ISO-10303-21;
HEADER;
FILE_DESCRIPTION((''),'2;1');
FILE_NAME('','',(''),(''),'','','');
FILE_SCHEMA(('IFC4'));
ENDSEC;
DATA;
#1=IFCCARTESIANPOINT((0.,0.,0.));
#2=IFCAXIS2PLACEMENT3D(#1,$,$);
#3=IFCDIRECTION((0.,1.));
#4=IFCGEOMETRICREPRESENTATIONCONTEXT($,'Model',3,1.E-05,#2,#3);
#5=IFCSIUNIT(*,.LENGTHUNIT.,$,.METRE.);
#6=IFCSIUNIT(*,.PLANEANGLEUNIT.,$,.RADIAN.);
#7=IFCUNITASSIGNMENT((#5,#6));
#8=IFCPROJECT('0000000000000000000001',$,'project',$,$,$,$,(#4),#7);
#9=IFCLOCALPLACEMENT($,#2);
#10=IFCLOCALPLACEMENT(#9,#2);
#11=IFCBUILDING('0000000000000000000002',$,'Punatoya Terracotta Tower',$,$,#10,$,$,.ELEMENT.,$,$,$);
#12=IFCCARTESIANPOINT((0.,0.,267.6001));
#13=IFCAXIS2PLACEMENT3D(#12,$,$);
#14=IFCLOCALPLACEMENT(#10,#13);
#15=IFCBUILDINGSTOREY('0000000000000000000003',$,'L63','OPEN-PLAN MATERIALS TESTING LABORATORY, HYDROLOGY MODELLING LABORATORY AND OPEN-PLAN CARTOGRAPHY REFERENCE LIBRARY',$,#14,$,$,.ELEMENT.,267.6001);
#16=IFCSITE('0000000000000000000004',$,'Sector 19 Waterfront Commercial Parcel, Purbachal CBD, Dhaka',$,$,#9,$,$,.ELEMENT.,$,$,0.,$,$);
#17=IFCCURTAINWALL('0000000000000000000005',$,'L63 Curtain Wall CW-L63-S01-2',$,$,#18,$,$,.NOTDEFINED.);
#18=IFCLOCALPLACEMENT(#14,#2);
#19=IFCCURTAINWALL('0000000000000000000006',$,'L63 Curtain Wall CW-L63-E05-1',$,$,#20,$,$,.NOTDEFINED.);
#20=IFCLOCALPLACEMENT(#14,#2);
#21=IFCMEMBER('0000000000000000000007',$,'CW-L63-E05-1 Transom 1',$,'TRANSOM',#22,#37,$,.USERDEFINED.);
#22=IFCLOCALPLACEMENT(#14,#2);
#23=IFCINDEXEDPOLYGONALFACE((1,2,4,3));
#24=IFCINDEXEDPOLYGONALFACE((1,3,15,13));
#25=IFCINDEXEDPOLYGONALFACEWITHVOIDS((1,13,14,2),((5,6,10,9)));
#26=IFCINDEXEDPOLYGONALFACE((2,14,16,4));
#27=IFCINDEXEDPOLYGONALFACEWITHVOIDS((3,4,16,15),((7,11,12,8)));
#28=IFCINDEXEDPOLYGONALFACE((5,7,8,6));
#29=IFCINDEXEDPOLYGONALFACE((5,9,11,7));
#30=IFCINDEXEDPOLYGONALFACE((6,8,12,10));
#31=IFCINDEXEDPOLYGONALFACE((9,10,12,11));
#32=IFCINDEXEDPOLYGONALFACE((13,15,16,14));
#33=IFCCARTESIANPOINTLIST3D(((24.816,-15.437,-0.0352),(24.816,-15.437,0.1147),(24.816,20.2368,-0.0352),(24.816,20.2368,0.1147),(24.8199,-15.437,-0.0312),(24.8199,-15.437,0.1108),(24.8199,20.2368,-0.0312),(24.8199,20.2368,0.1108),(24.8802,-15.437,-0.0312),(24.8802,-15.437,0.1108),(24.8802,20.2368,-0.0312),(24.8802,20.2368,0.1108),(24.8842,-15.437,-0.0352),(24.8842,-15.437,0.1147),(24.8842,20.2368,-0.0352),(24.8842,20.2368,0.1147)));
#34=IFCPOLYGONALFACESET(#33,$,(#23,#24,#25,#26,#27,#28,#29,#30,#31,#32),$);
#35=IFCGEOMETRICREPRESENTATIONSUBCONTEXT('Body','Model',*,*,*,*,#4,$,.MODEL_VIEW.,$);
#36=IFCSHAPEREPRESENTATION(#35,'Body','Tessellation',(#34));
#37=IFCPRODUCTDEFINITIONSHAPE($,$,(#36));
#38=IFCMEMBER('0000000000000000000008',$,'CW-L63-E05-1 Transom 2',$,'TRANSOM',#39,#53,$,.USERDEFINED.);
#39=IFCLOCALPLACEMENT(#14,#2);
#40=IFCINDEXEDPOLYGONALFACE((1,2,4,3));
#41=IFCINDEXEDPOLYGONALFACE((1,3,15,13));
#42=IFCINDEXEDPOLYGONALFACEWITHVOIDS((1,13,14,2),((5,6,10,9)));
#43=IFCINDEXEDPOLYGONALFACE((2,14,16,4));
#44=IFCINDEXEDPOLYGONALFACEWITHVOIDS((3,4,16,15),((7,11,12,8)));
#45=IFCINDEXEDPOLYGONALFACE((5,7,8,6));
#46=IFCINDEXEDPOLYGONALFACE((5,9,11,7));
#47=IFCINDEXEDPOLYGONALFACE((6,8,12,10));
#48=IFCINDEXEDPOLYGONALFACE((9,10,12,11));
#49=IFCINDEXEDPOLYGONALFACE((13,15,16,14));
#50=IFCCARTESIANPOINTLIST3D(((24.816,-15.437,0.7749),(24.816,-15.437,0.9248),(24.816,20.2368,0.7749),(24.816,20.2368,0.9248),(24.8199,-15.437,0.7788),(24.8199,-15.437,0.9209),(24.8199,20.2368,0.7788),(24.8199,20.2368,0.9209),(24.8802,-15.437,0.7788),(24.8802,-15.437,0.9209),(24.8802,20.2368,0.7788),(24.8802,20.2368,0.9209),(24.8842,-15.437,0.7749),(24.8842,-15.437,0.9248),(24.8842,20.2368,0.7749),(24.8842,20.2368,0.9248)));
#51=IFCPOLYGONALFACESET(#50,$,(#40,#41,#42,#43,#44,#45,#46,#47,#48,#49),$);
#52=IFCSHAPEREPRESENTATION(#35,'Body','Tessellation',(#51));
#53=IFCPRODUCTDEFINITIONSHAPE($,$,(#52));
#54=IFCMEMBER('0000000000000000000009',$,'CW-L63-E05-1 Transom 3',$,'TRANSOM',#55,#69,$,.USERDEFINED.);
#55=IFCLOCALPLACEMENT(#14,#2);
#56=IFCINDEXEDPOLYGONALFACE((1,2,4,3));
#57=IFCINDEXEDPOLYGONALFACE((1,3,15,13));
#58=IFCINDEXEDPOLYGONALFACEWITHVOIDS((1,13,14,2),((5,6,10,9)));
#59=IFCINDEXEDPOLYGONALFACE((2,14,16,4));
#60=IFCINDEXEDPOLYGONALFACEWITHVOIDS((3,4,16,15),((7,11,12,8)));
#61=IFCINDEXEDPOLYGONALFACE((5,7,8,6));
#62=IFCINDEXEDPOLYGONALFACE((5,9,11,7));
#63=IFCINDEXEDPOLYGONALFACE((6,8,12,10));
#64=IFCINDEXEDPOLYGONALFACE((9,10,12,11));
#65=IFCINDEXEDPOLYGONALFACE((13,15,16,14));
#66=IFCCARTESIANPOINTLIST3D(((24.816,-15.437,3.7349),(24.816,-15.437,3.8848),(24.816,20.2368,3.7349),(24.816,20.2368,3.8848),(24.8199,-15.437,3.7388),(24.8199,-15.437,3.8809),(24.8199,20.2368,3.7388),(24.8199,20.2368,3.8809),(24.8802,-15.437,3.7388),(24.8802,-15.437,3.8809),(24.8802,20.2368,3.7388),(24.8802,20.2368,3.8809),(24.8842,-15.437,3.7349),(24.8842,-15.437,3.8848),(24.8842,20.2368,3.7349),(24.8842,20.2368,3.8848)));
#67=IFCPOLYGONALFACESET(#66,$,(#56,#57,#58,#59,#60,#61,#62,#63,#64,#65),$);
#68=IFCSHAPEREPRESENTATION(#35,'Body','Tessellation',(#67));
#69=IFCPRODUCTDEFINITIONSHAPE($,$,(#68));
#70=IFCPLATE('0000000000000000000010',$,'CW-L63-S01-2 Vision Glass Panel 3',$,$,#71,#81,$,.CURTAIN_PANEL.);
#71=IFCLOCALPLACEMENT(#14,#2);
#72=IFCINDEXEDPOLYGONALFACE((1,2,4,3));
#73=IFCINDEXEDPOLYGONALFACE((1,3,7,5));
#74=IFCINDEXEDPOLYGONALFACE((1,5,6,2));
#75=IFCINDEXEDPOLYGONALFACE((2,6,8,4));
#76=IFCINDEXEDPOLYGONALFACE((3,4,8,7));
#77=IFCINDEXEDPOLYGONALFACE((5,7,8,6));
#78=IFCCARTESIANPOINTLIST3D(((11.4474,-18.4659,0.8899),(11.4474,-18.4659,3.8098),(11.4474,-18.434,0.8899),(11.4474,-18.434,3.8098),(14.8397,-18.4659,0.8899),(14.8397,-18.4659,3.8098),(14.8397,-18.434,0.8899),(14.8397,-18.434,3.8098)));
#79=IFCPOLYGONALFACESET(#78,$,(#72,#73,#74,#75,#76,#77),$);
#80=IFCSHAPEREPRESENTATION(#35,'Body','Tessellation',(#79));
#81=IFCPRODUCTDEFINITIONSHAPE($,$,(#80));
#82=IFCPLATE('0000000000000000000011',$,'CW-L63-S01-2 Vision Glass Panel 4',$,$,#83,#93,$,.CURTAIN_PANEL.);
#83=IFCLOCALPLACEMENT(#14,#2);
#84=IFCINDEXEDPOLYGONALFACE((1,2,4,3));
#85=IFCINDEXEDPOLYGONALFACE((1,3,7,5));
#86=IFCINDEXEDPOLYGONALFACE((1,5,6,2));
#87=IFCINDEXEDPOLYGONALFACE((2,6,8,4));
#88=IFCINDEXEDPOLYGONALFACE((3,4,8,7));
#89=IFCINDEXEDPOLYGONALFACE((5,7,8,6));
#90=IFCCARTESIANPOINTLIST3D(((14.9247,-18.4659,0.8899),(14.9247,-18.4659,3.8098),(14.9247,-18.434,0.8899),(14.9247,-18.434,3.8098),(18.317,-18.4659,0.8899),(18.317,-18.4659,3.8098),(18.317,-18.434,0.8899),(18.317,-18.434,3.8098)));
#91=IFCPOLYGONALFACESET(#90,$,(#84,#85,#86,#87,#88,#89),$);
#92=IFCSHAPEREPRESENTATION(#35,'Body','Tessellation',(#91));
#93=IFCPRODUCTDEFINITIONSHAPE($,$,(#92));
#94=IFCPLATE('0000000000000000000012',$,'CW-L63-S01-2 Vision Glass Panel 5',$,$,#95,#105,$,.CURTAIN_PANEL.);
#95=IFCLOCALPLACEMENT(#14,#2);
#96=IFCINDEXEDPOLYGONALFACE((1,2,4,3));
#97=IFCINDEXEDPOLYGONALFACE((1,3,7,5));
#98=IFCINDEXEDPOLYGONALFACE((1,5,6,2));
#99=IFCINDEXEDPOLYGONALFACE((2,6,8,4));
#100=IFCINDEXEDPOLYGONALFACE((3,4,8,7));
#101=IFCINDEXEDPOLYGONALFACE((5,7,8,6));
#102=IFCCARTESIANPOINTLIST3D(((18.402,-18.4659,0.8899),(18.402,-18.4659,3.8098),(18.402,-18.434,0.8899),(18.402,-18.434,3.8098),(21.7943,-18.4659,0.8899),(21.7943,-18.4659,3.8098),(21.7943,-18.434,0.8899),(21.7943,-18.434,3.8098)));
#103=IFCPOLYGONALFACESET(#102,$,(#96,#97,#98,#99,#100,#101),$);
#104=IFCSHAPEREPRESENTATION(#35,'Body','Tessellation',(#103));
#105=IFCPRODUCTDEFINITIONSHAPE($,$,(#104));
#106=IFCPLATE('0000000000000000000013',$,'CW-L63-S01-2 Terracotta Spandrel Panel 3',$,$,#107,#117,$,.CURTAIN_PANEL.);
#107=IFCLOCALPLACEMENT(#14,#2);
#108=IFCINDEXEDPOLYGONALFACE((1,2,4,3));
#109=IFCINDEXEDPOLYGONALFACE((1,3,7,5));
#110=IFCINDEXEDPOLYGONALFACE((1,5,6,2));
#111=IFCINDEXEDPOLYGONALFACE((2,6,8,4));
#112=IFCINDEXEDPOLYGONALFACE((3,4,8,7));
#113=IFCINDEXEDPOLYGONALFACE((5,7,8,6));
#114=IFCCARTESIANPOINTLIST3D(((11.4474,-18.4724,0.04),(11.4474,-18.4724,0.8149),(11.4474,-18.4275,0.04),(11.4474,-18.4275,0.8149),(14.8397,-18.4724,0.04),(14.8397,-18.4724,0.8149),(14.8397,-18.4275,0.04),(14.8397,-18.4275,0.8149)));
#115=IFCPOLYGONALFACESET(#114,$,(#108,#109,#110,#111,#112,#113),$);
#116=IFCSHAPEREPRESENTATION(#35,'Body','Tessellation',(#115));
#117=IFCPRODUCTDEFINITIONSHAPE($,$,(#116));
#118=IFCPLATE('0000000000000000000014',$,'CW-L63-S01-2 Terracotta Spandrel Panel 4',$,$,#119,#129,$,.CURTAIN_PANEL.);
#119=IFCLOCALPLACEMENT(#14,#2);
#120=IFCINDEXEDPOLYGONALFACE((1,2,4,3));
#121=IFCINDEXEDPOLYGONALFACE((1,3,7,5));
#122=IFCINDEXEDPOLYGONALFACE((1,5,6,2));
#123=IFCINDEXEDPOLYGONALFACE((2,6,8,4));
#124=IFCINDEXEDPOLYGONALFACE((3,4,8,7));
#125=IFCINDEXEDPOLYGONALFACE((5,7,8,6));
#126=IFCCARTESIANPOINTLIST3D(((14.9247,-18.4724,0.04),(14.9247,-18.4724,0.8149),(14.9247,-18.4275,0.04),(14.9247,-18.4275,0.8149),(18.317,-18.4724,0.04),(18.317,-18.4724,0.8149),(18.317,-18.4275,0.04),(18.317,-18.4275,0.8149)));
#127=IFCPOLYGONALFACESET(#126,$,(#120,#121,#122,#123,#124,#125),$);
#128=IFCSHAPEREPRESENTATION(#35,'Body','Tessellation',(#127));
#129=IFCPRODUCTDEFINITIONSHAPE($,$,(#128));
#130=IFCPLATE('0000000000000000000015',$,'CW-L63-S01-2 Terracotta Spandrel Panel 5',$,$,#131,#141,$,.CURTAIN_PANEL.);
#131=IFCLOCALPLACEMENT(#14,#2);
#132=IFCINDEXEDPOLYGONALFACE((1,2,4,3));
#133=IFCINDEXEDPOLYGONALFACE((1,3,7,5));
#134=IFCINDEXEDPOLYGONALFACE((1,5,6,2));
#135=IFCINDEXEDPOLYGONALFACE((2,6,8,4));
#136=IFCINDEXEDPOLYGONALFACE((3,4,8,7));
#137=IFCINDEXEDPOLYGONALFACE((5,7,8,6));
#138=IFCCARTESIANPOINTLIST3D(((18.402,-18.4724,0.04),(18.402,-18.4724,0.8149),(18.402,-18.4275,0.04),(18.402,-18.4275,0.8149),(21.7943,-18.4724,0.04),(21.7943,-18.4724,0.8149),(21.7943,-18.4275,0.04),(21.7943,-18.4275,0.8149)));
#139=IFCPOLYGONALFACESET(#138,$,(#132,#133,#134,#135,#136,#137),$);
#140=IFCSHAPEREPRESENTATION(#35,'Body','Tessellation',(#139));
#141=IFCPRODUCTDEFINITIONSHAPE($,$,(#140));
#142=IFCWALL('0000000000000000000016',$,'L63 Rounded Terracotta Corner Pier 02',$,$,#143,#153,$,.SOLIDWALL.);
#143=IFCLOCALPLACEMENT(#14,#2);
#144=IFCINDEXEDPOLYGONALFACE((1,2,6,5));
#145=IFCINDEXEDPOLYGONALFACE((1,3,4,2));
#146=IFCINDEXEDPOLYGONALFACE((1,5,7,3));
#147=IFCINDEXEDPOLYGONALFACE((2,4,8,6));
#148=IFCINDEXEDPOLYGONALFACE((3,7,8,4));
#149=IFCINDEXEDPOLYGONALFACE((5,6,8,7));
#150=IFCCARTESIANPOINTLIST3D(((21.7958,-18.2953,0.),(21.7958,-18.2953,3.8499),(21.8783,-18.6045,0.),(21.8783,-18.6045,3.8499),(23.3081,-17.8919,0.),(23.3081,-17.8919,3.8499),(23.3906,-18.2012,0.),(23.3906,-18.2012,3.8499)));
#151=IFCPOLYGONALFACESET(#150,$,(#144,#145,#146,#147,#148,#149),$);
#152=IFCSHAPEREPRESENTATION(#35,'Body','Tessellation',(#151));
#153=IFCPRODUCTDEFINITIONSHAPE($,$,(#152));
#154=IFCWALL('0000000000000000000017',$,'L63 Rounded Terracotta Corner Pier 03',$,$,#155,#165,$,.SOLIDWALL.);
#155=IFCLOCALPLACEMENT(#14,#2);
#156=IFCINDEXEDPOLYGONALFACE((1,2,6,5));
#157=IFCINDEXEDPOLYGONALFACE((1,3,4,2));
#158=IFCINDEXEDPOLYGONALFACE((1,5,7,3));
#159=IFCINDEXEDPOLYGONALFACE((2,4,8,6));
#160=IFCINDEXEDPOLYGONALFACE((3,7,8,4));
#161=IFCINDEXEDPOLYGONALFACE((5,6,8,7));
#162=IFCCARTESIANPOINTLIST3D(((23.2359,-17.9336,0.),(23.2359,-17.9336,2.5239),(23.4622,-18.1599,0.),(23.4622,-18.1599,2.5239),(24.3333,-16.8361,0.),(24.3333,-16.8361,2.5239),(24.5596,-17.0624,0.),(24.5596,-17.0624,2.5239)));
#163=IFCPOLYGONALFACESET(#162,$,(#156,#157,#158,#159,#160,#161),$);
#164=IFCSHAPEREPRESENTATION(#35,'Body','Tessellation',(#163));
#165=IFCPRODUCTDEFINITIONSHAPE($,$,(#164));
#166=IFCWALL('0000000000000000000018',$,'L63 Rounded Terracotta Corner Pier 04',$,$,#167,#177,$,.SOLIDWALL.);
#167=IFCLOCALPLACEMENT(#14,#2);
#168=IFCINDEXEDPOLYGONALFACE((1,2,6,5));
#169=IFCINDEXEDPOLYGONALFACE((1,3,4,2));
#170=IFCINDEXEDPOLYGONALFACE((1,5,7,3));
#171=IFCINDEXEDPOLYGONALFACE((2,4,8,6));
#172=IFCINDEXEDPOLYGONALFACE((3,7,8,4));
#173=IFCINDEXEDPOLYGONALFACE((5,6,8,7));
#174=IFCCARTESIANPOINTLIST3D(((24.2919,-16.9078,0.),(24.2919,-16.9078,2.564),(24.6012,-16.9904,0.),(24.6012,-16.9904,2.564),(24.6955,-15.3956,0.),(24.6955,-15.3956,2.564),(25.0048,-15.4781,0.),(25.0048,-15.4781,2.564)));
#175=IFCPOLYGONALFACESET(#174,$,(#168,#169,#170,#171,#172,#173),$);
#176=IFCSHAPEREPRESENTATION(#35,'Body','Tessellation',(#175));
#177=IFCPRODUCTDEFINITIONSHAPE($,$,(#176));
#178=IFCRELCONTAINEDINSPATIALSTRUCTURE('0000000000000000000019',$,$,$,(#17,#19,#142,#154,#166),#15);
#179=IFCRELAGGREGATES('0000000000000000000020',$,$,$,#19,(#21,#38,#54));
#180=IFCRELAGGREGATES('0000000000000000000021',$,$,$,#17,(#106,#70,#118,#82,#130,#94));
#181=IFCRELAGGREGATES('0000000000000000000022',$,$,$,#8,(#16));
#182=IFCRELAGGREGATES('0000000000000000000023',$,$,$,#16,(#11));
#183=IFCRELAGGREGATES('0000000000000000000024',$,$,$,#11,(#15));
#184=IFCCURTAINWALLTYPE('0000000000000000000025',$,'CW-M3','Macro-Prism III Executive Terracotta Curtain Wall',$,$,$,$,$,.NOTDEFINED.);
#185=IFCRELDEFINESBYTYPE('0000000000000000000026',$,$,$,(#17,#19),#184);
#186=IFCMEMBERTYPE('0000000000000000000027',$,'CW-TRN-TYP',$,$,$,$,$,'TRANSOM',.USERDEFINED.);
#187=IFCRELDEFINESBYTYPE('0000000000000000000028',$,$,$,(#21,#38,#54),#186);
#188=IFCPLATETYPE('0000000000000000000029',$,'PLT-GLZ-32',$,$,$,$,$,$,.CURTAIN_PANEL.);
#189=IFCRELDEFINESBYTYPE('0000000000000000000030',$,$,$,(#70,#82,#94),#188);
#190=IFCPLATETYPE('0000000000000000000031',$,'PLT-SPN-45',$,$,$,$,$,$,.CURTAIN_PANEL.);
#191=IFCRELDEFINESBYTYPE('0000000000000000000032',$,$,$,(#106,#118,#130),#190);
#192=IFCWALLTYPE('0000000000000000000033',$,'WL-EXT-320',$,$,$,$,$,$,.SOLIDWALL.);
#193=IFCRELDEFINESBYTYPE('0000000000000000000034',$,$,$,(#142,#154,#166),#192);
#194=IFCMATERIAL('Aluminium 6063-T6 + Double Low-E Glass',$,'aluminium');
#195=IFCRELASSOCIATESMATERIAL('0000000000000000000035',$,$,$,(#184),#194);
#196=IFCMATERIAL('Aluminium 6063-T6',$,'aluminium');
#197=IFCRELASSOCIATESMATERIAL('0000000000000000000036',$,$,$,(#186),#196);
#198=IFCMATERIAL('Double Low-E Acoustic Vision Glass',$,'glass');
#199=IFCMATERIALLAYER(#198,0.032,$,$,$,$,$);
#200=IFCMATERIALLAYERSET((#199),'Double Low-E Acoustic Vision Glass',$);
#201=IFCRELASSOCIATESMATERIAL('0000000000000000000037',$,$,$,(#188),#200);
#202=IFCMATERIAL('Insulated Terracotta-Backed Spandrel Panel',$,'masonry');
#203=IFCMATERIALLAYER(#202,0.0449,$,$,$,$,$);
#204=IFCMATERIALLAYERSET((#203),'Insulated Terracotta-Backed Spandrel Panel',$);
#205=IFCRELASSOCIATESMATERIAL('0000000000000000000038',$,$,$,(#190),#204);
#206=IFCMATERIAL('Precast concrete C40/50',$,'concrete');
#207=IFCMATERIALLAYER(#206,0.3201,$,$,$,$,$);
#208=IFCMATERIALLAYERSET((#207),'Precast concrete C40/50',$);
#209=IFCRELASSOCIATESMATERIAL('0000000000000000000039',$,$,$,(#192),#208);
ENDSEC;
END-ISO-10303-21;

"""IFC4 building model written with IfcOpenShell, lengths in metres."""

from ifc_helpers import new_model, si_unit, direction, frame, frame_2d, origin, origin_2d, place, context, subcontext, project, spatial, rectangle, hollow_rectangle, extrude, material, layer, layer_set, material_profile, profile_set, type_object, element, aggregate, save


model = new_model("IFC4")

# Units and contexts
model_context = context("Model", 3, precision=1e-05, world=origin(), true_north=direction((0.0, 1.0)))
body_context = subcontext(model_context, "Body", "Model", "MODEL_VIEW")
ifc_project = project(units=[si_unit("LENGTHUNIT", "METRE"), si_unit("PLANEANGLEUNIT", "RADIAN")], contexts=[model_context])

# Site, building, storey
site_placement = place(None, origin())
site = spatial("IfcSite", under=ifc_project, at=site_placement, Name="Sector 19 Waterfront Commercial Parcel, Purbachal CBD, Dhaka", CompositionType="ELEMENT", RefElevation=0.0)
building_placement = place(site_placement, origin())
building = spatial("IfcBuilding", under=site, at=building_placement, Name="Punatoya Terracotta Tower", CompositionType="ELEMENT")
storey_placement = place(building_placement, frame((0.0, 0.0, 267.6001)))
storey = spatial("IfcBuildingStorey", under=building, at=storey_placement, Name="L63", Description="OPEN-PLAN MATERIALS TESTING LABORATORY, HYDROLOGY MODELLING LABORATORY AND OPEN-PLAN CARTOGRAPHY REFERENCE LIBRARY", CompositionType="ELEMENT", Elevation=267.6001)

# Curtain walls, members
ifc_material_1 = material(Name="Aluminium 6063-T6 + Double Low-E Glass", Category="aluminium")
curtain_wall_type = type_object("IfcCurtainWallType", Name="CW-M3", Description="Macro-Prism III Executive Terracotta Curtain Wall", PredefinedType="NOTDEFINED", material=ifc_material_1)
curtain_wall_1_placement = place(storey_placement, origin())
curtain_wall_1 = element("IfcCurtainWall", 1, at=curtain_wall_1_placement, inside=storey, type_object=curtain_wall_type, Name="L63 Curtain Wall CW-L63-S01-2", PredefinedType="NOTDEFINED")
ifc_material_2 = material(Name="Aluminium 6063-T6", Category="aluminium")
curtain_wall_2_placement = place(storey_placement, origin())
curtain_wall_2 = element("IfcCurtainWall", 2, at=curtain_wall_2_placement, inside=storey, type_object=curtain_wall_type, Name="L63 Curtain Wall CW-L63-E05-1", PredefinedType="NOTDEFINED")
ifc_material_profile_1 = material_profile(ifc_material_2, hollow_rectangle(XDim=0.0681, YDim=0.1499, WallThickness=0.0039, at=origin_2d()))
ifc_profile_set_1 = profile_set([ifc_material_profile_1], Name="Aluminium 6063-T6")
member_type_1 = type_object("IfcMemberType", Name="CW-TRN-TYP", ElementType="TRANSOM", PredefinedType="USERDEFINED", material=ifc_profile_set_1)
member_1_placement = place(storey_placement, frame((24.8501, -15.437, 0.0398), z_axis=(0.0, 1.0, 0.0), x_axis=(-1.0, 0.0, 0.0)))
member_1 = element("IfcMember", 3, at=member_1_placement, type_object=member_type_1, Name="CW-L63-E05-1 Transom 1", ObjectType="TRANSOM", PredefinedType="USERDEFINED", context=body_context, shape_type="SweptSolid", body=[
    extrude(hollow_rectangle(XDim=0.0681, YDim=0.1499, WallThickness=0.0039, at=origin_2d()), origin(), (0.0, 0.0, 1.0), 35.6738),
])
member_2_placement = place(storey_placement, frame((24.8501, -15.437, 0.8499), z_axis=(0.0, 1.0, 0.0), x_axis=(-1.0, 0.0, 0.0)))
member_2 = element("IfcMember", 4, at=member_2_placement, type_object=member_type_1, Name="CW-L63-E05-1 Transom 2", ObjectType="TRANSOM", PredefinedType="USERDEFINED", context=body_context, shape_type="SweptSolid", body=[
    extrude(hollow_rectangle(XDim=0.0681, YDim=0.1499, WallThickness=0.0039, at=origin_2d()), origin(), (0.0, 0.0, 1.0), 35.6738),
])
member_3_placement = place(storey_placement, frame((24.8501, -15.437, 3.8098), z_axis=(0.0, 1.0, 0.0), x_axis=(-1.0, 0.0, 0.0)))
member_3 = element("IfcMember", 5, at=member_3_placement, type_object=member_type_1, Name="CW-L63-E05-1 Transom 3", ObjectType="TRANSOM", PredefinedType="USERDEFINED", context=body_context, shape_type="SweptSolid", body=[
    extrude(hollow_rectangle(XDim=0.0681, YDim=0.1499, WallThickness=0.0039, at=origin_2d()), origin(), (0.0, 0.0, 1.0), 35.6738),
])
aggregate(curtain_wall_2, [member_1, member_2, member_3])

# Plates
ifc_material_3 = material(Name="Double Low-E Acoustic Vision Glass", Category="glass")
ifc_layer_1 = layer(ifc_material_3, 0.032)
ifc_layer_set_1 = layer_set([ifc_layer_1], Name="Double Low-E Acoustic Vision Glass")
plate_type_1 = type_object("IfcPlateType", Name="PLT-GLZ-32", PredefinedType="CURTAIN_PANEL", material=ifc_layer_set_1)
plate_1_placement = place(storey_placement, frame((13.1436, -18.45, 0.8899), z_axis=(0.0, 0.0, 1.0), x_axis=(1.0, 0.0, 0.0)))
plate_1 = element("IfcPlate", 6, at=plate_1_placement, type_object=plate_type_1, Name="CW-L63-S01-2 Vision Glass Panel 3", PredefinedType="CURTAIN_PANEL", context=body_context, shape_type="SweptSolid", body=[
    extrude(rectangle(XDim=3.3923, YDim=0.032, at=origin_2d()), origin(), (0.0, 0.0, 1.0), 2.9199),
])
plate_2_placement = place(storey_placement, frame((16.6208, -18.45, 0.8899), z_axis=(0.0, 0.0, 1.0), x_axis=(1.0, 0.0, 0.0)))
plate_2 = element("IfcPlate", 7, at=plate_2_placement, type_object=plate_type_1, Name="CW-L63-S01-2 Vision Glass Panel 4", PredefinedType="CURTAIN_PANEL", context=body_context, shape_type="SweptSolid", body=[
    extrude(rectangle(XDim=3.3923, YDim=0.032, at=origin_2d()), origin(), (0.0, 0.0, 1.0), 2.9199),
])
plate_3_placement = place(storey_placement, frame((20.0981, -18.45, 0.8899), z_axis=(0.0, 0.0, 1.0), x_axis=(1.0, 0.0, 0.0)))
plate_3 = element("IfcPlate", 8, at=plate_3_placement, type_object=plate_type_1, Name="CW-L63-S01-2 Vision Glass Panel 5", PredefinedType="CURTAIN_PANEL", context=body_context, shape_type="SweptSolid", body=[
    extrude(rectangle(XDim=3.3923, YDim=0.032, at=origin_2d()), origin(), (0.0, 0.0, 1.0), 2.9199),
])
ifc_material_4 = material(Name="Insulated Terracotta-Backed Spandrel Panel", Category="masonry")
ifc_layer_2 = layer(ifc_material_4, 0.0449)
ifc_layer_set_2 = layer_set([ifc_layer_2], Name="Insulated Terracotta-Backed Spandrel Panel")
plate_type_2 = type_object("IfcPlateType", Name="PLT-SPN-45", PredefinedType="CURTAIN_PANEL", material=ifc_layer_set_2)
plate_4_placement = place(storey_placement, frame((13.1436, -18.45, 0.04), z_axis=(0.0, 0.0, 1.0), x_axis=(1.0, 0.0, 0.0)))
plate_4 = element("IfcPlate", 9, at=plate_4_placement, type_object=plate_type_2, Name="CW-L63-S01-2 Terracotta Spandrel Panel 3", PredefinedType="CURTAIN_PANEL", context=body_context, shape_type="SweptSolid", body=[
    extrude(rectangle(XDim=3.3923, YDim=0.0449, at=origin_2d()), origin(), (0.0, 0.0, 1.0), 0.7749),
])
plate_5_placement = place(storey_placement, frame((16.6208, -18.45, 0.04), z_axis=(0.0, 0.0, 1.0), x_axis=(1.0, 0.0, 0.0)))
plate_5 = element("IfcPlate", 10, at=plate_5_placement, type_object=plate_type_2, Name="CW-L63-S01-2 Terracotta Spandrel Panel 4", PredefinedType="CURTAIN_PANEL", context=body_context, shape_type="SweptSolid", body=[
    extrude(rectangle(XDim=3.3923, YDim=0.0449, at=origin_2d()), origin(), (0.0, 0.0, 1.0), 0.7749),
])
plate_6_placement = place(storey_placement, frame((20.0981, -18.45, 0.04), z_axis=(0.0, 0.0, 1.0), x_axis=(1.0, 0.0, 0.0)))
plate_6 = element("IfcPlate", 11, at=plate_6_placement, type_object=plate_type_2, Name="CW-L63-S01-2 Terracotta Spandrel Panel 5", PredefinedType="CURTAIN_PANEL", context=body_context, shape_type="SweptSolid", body=[
    extrude(rectangle(XDim=3.3923, YDim=0.0449, at=origin_2d()), origin(), (0.0, 0.0, 1.0), 0.7749),
])
aggregate(curtain_wall_1, [plate_4, plate_1, plate_5, plate_2, plate_6, plate_3])

# Walls
ifc_material_5 = material(Name="Precast concrete C40/50", Category="concrete")
ifc_layer_3 = layer(ifc_material_5, 0.3201)
ifc_layer_set_3 = layer_set([ifc_layer_3], Name="Precast concrete C40/50")
wall_type = type_object("IfcWallType", Name="WL-EXT-320", PredefinedType="SOLIDWALL", material=ifc_layer_set_3)
wall_1_placement = place(storey_placement, frame((21.8369, -18.45, 0.0), z_axis=(0.0, 0.0, 1.0), x_axis=(0.966225, 0.257701, 0.0)))
element("IfcWall", 12, at=wall_1_placement, inside=storey, type_object=wall_type, Name="L63 Rounded Terracotta Corner Pier 02", PredefinedType="SOLIDWALL", context=body_context, shape_type="SweptSolid", body=[
    extrude(rectangle(XDim=1.5652, YDim=0.3201, at=frame_2d((0.7827, 0.0))), origin(), (0.0, 0.0, 1.0), 3.8499),
])
wall_2_placement = place(storey_placement, frame((23.3491, -18.0466, 0.0), z_axis=(0.0, 0.0, 1.0), x_axis=(0.707107, 0.707107, 0.0)))
element("IfcWall", 13, at=wall_2_placement, inside=storey, type_object=wall_type, Name="L63 Rounded Terracotta Corner Pier 03", PredefinedType="SOLIDWALL", context=body_context, shape_type="SweptSolid", body=[
    extrude(rectangle(XDim=1.552, YDim=0.3201, at=frame_2d((0.7759, 0.0))), origin(), (0.0, 0.0, 1.0), 2.5239),
])
wall_3_placement = place(storey_placement, frame((24.4465, -16.9492, 0.0), z_axis=(0.0, 0.0, 1.0), x_axis=(0.257847, 0.966186, 0.0)))
element("IfcWall", 14, at=wall_3_placement, inside=storey, type_object=wall_type, Name="L63 Rounded Terracotta Corner Pier 04", PredefinedType="SOLIDWALL", context=body_context, shape_type="SweptSolid", body=[
    extrude(rectangle(XDim=1.5652, YDim=0.3201, at=frame_2d((0.7827, 0.0))), origin(), (0.0, 0.0, 1.0), 2.564),
])

save(model, "model.ifc")
